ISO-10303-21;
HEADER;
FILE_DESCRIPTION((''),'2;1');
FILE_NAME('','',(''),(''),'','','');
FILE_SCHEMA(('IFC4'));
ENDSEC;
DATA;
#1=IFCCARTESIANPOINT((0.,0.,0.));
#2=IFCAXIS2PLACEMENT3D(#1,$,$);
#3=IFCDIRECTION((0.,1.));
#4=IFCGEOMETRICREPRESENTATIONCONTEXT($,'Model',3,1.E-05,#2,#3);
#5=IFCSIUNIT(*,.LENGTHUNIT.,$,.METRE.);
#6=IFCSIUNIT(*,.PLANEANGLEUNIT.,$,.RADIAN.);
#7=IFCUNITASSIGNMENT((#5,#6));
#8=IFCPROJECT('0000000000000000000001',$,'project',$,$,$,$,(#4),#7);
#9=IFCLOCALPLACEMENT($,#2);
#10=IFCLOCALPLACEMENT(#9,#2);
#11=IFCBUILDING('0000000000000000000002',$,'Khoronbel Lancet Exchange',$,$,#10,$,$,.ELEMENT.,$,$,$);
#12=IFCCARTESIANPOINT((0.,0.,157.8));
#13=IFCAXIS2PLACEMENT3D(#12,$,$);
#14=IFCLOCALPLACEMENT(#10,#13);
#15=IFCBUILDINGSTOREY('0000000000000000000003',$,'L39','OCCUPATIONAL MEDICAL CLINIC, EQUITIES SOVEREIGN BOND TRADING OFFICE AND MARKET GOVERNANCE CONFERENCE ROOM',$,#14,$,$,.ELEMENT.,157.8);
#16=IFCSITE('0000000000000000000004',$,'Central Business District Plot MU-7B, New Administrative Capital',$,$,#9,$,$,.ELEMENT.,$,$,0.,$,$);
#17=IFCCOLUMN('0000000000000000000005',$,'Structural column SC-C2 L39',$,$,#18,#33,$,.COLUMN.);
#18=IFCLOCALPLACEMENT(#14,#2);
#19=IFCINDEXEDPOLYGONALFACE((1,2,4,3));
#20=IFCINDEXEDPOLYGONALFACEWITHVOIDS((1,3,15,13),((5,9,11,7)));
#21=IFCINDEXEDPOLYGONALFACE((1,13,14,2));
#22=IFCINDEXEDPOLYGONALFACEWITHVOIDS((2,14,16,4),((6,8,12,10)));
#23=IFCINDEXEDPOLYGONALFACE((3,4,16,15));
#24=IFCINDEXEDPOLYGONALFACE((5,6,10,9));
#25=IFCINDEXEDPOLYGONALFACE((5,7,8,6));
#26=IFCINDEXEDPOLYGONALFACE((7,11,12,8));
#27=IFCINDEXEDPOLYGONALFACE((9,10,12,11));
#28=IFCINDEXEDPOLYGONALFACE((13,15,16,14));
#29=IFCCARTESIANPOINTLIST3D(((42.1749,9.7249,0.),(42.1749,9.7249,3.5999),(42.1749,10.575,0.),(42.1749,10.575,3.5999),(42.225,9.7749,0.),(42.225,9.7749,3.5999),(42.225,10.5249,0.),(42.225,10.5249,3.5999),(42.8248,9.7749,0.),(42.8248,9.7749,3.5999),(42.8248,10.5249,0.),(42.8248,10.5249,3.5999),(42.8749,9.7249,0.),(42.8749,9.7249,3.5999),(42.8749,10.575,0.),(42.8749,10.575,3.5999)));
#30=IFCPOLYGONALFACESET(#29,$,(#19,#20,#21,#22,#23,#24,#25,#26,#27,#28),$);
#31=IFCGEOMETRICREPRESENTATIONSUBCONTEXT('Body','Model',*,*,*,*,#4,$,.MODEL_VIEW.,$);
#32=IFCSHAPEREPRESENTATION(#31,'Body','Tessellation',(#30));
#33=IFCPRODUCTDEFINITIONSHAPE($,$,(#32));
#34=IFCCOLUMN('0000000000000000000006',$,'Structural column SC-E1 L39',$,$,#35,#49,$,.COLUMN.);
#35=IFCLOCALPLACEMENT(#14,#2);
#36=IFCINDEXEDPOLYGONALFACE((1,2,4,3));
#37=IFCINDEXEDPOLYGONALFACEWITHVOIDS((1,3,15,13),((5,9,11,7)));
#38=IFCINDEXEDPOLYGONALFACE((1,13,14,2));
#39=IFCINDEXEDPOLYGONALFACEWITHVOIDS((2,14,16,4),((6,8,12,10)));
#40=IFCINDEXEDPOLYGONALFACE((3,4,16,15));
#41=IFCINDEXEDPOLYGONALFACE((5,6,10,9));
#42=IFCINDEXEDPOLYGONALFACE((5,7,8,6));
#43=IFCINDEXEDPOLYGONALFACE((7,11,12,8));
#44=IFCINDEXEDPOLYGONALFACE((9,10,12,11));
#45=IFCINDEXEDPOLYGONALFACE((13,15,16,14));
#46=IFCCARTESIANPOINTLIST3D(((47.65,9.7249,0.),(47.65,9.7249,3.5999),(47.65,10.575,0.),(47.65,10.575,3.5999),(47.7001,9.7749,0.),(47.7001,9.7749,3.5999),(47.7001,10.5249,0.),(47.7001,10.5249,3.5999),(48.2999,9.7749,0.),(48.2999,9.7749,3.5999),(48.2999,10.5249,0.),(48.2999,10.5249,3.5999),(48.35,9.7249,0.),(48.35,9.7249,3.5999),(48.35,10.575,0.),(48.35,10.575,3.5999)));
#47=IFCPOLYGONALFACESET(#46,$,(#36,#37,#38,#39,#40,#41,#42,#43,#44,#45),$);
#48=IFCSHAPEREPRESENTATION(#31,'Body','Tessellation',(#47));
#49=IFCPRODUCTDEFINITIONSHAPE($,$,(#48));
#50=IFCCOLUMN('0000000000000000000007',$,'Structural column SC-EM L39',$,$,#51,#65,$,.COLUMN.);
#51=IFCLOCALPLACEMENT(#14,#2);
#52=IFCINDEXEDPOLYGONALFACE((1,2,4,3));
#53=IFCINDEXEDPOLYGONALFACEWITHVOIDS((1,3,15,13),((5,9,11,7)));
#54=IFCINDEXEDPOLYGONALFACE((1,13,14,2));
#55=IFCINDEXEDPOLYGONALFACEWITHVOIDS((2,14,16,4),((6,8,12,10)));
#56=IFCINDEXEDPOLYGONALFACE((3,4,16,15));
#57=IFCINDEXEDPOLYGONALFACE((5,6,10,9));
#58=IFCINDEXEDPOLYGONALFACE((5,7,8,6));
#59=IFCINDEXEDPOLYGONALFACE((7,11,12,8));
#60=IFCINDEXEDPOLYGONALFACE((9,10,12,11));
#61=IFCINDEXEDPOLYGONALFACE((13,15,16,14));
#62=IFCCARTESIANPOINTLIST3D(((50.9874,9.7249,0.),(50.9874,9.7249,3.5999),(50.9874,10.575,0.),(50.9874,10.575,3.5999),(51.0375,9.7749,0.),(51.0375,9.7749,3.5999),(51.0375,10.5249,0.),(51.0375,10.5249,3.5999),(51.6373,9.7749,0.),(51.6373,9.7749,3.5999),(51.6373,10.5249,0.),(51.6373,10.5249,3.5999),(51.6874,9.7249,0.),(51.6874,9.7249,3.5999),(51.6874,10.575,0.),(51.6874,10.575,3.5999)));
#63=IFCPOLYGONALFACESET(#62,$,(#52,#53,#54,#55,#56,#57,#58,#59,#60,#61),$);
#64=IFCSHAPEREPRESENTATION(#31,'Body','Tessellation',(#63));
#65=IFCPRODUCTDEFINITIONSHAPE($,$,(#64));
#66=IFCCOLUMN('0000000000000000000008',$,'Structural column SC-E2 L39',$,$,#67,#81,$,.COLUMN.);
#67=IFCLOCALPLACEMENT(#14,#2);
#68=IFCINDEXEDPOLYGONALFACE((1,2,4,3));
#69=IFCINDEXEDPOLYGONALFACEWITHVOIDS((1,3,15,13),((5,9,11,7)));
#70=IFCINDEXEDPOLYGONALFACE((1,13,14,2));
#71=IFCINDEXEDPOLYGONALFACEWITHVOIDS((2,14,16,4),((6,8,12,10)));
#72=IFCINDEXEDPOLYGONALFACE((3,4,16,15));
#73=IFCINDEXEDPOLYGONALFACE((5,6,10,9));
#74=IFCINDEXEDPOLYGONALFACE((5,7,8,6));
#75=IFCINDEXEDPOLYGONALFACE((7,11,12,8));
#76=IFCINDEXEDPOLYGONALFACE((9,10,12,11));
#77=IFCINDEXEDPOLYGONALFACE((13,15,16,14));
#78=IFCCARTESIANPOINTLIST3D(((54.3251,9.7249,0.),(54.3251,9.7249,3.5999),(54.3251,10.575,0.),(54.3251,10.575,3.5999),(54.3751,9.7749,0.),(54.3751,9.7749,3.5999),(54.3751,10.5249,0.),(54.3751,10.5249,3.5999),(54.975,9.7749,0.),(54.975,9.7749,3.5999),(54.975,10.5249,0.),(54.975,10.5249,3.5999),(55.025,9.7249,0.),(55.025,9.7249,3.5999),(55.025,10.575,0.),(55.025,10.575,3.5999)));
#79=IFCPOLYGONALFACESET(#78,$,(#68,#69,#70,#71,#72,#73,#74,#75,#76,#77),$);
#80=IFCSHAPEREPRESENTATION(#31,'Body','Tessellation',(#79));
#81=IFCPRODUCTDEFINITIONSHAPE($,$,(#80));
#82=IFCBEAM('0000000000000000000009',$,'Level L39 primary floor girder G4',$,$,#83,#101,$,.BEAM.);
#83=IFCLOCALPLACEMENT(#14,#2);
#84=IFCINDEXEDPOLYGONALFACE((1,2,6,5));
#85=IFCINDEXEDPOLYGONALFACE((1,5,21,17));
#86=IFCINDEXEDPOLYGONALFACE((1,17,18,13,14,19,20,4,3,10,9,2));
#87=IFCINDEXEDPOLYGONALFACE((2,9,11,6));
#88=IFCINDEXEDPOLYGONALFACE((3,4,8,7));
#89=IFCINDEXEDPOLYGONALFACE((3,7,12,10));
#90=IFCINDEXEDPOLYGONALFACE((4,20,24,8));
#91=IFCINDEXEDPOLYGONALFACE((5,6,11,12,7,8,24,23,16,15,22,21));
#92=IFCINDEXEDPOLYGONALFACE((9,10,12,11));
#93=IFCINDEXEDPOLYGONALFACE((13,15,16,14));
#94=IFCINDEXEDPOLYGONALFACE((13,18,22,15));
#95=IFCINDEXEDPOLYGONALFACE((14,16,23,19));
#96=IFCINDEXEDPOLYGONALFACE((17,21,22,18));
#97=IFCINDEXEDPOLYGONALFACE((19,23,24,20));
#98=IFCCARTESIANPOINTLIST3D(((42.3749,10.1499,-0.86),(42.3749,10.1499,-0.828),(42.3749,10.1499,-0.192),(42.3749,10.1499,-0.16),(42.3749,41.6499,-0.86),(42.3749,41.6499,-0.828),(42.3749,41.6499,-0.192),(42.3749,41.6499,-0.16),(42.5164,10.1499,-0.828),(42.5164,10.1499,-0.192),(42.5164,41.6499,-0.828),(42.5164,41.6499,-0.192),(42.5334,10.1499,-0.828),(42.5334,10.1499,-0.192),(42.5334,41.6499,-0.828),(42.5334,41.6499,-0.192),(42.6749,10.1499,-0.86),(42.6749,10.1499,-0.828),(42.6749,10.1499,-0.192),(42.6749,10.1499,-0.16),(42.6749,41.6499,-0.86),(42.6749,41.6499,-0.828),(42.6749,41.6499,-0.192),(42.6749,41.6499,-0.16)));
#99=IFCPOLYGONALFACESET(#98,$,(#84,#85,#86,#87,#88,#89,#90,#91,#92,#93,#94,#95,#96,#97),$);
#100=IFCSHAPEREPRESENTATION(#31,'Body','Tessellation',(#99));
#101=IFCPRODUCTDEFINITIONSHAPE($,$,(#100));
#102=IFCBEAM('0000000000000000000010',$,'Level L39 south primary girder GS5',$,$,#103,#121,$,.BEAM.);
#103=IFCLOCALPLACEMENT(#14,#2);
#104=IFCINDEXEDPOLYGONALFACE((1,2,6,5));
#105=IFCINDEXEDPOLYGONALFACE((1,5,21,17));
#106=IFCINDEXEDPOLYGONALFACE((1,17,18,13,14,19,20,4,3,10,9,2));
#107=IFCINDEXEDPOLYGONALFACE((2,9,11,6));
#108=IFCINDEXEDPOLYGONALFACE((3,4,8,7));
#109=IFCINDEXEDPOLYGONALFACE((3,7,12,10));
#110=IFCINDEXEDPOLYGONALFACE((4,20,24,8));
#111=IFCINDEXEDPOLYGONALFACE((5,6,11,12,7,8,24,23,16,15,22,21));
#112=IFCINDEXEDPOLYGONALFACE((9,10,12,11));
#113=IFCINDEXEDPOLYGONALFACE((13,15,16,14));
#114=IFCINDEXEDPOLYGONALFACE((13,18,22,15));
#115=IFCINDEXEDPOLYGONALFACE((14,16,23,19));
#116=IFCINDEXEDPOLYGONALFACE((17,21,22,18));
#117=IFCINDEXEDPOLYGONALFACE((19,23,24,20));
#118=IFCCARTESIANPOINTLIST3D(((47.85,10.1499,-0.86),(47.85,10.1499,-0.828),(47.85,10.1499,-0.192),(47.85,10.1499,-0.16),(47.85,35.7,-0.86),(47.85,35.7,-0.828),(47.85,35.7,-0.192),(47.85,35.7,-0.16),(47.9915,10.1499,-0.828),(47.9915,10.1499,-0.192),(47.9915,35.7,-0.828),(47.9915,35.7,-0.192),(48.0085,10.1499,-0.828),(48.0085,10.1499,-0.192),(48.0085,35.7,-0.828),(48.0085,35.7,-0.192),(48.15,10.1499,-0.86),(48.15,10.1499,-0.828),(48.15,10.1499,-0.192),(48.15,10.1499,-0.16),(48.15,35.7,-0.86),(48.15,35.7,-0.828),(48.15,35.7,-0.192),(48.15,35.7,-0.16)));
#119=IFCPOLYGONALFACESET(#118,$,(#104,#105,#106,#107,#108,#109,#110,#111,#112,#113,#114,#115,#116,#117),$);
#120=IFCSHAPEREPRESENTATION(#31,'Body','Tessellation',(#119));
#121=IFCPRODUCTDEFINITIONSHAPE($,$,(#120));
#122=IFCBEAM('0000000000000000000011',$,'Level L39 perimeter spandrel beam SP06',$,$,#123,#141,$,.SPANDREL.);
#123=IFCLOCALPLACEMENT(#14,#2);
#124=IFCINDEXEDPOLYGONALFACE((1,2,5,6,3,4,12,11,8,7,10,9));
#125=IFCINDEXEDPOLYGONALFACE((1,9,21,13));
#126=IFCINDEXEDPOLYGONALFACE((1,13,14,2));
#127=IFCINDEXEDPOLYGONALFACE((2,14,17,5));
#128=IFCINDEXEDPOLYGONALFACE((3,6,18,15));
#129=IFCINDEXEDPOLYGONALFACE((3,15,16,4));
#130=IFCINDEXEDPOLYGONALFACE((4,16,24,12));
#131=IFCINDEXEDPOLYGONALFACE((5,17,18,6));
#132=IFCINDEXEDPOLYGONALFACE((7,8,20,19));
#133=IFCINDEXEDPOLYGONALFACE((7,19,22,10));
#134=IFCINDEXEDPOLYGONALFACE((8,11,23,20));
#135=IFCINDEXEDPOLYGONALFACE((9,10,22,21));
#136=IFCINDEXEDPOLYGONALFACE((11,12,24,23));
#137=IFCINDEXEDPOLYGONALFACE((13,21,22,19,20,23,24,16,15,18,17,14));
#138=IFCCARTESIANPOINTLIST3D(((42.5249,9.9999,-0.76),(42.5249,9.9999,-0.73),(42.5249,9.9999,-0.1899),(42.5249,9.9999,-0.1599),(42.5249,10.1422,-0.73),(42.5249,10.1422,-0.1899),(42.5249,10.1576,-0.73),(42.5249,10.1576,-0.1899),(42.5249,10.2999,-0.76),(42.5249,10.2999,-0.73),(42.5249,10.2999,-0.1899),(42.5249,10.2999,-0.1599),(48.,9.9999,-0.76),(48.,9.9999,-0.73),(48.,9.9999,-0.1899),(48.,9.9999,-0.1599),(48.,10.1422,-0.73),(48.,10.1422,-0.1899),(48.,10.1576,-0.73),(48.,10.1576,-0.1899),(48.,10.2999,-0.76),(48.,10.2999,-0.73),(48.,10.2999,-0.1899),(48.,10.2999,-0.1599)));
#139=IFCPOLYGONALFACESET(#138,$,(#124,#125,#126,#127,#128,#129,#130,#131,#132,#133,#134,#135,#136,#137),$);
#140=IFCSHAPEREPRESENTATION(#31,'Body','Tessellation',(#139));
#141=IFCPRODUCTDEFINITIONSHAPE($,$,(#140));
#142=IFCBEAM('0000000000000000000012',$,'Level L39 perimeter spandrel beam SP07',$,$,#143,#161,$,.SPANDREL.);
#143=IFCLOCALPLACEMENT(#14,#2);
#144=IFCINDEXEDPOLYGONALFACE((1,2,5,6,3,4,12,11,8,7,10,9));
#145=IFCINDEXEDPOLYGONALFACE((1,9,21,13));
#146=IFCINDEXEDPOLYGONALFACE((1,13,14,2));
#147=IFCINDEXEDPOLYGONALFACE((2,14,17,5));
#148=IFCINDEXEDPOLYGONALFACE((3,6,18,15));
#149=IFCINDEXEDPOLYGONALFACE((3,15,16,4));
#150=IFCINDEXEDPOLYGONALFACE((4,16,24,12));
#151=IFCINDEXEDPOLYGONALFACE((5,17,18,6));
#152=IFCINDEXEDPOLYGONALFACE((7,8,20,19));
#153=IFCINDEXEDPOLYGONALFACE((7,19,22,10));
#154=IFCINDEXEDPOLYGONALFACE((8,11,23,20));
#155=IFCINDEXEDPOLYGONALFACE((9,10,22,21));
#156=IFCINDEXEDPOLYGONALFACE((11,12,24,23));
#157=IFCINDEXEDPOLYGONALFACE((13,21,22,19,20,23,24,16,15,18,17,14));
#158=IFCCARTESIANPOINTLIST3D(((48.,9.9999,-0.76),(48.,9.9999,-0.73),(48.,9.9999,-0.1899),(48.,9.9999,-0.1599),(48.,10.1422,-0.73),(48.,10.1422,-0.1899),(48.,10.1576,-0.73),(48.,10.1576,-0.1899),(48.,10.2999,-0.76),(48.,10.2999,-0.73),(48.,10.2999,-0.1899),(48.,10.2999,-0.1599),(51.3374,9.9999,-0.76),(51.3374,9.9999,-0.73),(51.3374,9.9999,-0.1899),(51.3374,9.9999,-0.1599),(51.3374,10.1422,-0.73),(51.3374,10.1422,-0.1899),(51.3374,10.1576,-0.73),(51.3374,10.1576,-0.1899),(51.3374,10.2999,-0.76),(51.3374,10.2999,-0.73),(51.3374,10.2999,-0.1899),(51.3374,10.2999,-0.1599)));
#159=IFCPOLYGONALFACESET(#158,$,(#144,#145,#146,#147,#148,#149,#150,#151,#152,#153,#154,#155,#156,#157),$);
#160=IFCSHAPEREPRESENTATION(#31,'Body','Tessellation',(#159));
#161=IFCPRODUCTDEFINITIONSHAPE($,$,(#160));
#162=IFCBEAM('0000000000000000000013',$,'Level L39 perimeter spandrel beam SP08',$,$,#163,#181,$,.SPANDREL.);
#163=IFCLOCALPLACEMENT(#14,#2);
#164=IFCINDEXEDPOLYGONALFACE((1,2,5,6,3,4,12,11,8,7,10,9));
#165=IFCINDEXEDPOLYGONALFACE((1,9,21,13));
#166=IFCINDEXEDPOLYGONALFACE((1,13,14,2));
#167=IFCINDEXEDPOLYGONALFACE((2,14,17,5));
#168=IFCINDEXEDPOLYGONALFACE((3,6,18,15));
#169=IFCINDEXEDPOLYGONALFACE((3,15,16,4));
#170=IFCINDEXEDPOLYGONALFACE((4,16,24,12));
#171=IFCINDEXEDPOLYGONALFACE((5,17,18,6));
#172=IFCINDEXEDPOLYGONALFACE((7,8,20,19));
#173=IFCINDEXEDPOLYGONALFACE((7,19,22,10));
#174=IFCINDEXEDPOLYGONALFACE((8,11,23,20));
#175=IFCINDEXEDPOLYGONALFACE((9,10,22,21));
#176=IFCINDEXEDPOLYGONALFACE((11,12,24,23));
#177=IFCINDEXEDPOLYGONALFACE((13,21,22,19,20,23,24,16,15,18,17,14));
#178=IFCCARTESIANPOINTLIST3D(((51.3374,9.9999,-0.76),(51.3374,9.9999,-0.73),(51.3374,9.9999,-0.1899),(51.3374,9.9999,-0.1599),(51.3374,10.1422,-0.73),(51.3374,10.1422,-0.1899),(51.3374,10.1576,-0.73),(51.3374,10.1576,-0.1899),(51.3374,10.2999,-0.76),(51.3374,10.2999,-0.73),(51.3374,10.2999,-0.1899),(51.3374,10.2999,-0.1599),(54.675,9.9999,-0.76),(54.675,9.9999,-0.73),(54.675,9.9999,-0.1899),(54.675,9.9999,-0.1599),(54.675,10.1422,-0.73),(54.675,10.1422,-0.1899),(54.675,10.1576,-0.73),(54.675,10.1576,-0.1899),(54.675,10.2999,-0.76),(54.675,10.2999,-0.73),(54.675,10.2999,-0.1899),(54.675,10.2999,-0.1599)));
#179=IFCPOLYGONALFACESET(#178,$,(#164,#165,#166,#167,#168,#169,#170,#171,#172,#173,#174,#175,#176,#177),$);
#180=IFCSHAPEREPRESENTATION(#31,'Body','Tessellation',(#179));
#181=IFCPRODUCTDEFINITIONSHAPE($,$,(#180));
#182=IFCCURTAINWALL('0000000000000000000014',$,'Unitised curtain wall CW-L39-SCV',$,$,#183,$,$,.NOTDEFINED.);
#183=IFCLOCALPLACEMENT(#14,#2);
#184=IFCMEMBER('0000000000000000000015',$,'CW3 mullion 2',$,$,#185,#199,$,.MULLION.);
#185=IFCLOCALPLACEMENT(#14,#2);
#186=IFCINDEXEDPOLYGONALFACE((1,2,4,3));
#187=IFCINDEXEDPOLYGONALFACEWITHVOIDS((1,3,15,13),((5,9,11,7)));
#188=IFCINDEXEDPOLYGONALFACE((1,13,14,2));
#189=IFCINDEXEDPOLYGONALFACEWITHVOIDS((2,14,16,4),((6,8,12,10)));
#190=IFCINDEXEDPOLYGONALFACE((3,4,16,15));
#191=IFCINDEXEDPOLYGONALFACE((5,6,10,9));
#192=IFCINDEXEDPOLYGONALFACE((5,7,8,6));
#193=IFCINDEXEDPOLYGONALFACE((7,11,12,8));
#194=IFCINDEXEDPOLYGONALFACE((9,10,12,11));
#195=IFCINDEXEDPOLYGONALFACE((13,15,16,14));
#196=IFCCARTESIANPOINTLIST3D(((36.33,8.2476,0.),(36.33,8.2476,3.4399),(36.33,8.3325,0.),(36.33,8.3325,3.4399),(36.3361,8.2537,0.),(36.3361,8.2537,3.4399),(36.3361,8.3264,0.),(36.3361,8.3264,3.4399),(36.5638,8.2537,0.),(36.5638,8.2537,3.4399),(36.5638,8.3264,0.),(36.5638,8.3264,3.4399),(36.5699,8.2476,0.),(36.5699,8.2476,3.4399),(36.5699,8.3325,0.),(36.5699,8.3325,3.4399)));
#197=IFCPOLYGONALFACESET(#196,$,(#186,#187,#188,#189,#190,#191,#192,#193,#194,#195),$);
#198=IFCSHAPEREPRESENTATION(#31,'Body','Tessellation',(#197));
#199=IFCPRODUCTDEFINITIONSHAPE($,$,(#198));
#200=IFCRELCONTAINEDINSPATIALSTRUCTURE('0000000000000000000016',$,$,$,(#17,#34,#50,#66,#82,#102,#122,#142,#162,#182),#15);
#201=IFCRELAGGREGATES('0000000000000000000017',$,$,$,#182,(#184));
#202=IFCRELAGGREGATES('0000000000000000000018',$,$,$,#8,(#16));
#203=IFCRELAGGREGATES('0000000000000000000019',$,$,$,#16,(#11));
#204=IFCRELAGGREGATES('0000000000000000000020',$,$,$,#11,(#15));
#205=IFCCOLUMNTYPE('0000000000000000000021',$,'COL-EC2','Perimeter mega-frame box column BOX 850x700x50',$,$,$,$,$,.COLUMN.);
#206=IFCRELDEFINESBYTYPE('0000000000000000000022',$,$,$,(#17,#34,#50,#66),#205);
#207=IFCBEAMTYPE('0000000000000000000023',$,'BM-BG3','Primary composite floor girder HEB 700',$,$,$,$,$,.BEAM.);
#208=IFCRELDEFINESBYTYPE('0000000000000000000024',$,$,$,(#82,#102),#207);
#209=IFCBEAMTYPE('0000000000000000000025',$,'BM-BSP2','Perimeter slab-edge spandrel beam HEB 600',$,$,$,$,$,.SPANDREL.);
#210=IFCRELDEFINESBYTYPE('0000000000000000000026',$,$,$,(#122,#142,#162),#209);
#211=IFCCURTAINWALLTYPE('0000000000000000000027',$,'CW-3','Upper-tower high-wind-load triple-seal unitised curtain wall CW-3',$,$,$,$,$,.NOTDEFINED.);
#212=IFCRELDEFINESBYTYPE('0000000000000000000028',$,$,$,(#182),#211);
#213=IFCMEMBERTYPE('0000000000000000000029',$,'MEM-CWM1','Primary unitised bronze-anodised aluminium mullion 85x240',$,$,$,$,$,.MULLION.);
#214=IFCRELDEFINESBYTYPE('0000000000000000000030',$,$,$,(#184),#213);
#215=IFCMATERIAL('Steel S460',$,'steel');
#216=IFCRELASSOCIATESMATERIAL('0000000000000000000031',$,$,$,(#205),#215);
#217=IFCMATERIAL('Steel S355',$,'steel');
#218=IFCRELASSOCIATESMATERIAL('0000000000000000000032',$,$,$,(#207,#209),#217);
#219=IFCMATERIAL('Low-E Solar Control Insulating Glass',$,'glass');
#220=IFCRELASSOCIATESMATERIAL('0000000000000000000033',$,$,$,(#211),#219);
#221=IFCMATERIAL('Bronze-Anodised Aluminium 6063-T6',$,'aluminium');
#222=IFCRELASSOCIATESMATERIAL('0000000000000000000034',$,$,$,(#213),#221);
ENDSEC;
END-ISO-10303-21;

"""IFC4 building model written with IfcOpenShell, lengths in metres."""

from ifc_helpers import new_model, si_unit, direction, frame, origin, origin_2d, place, context, subcontext, project, spatial, hollow_rectangle, i_section, extrude, material, material_profile, profile_set, type_object, element, aggregate, save


model = new_model("IFC4")

# Units and contexts
model_context = context("Model", 3, precision=1e-05, world=origin(), true_north=direction((0.0, 1.0)))
body_context = subcontext(model_context, "Body", "Model", "MODEL_VIEW")
ifc_project = project(units=[si_unit("LENGTHUNIT", "METRE"), si_unit("PLANEANGLEUNIT", "RADIAN")], contexts=[model_context])

# Site, building, storey
site_placement = place(None, origin())
site = spatial("IfcSite", under=ifc_project, at=site_placement, Name="Central Business District Plot MU-7B, New Administrative Capital", CompositionType="ELEMENT", RefElevation=0.0)
building_placement = place(site_placement, origin())
building = spatial("IfcBuilding", under=site, at=building_placement, Name="Khoronbel Lancet Exchange", CompositionType="ELEMENT")
storey_placement = place(building_placement, frame((0.0, 0.0, 157.8)))
storey = spatial("IfcBuildingStorey", under=building, at=storey_placement, Name="L39", Description="OCCUPATIONAL MEDICAL CLINIC, EQUITIES SOVEREIGN BOND TRADING OFFICE AND MARKET GOVERNANCE CONFERENCE ROOM", CompositionType="ELEMENT", Elevation=157.8)

# Columns
ifc_material_1 = material(Name="Steel S460", Category="steel")
ifc_material_profile_1 = material_profile(ifc_material_1, hollow_rectangle(XDim=0.7, YDim=0.8501, WallThickness=0.05, at=origin_2d()), Name="BOX 850x700x50")
ifc_profile_set_1 = profile_set([ifc_material_profile_1], Name="Steel S460")
column_type = type_object("IfcColumnType", Name="COL-EC2", Description="Perimeter mega-frame box column BOX 850x700x50", PredefinedType="COLUMN", material=ifc_profile_set_1)
for number, where, z_axis, x_axis, name in (
    (1, (42.5249, 10.1499, 0.0), (0.0, 0.0, 1.0), (1.0, 0.0, 0.0), "Structural column SC-C2 L39"),
    (2, (48.0, 10.1499, 0.0), (0.0, 0.0, 1.0), (1.0, 0.0, 0.0), "Structural column SC-E1 L39"),
    (3, (51.3374, 10.1499, 0.0), (0.0, 0.0, 1.0), (1.0, 0.0, 0.0), "Structural column SC-EM L39"),
    (4, (54.675, 10.1499, 0.0), (0.0, 0.0, 1.0), (1.0, 0.0, 0.0), "Structural column SC-E2 L39"),
):
    element("IfcColumn", number, at=place(storey_placement, frame(where, z_axis=z_axis, x_axis=x_axis)), inside=storey, type_object=column_type, Name=name, PredefinedType="COLUMN", context=body_context, shape_type="SweptSolid", body=[
        extrude(hollow_rectangle(XDim=0.7, YDim=0.8501, WallThickness=0.05, at=origin_2d()), origin(), (0.0, 0.0, 1.0), 3.5999),
    ])

# Beams
ifc_material_2 = material(Name="Steel S355", Category="steel")
ifc_material_profile_2 = material_profile(ifc_material_2, i_section(OverallWidth=0.3, OverallDepth=0.7, WebThickness=0.0171, FlangeThickness=0.032, at=origin_2d()), Name="HEB 700")
ifc_profile_set_2 = profile_set([ifc_material_profile_2], Name="Steel S355")
beam_type_1 = type_object("IfcBeamType", Name="BM-BG3", Description="Primary composite floor girder HEB 700", PredefinedType="BEAM", material=ifc_profile_set_2)
beam_1_placement = place(storey_placement, frame((42.5249, 10.1499, -0.51), z_axis=(0.0, 1.0, 0.0), x_axis=(-1.0, 0.0, 0.0)))
element("IfcBeam", 5, at=beam_1_placement, inside=storey, type_object=beam_type_1, Name="Level L39 primary floor girder G4", PredefinedType="BEAM", context=body_context, shape_type="SweptSolid", body=[
    extrude(i_section(OverallWidth=0.3, OverallDepth=0.7, WebThickness=0.0171, FlangeThickness=0.032, at=origin_2d()), origin(), (0.0, 0.0, 1.0), 31.5),
])
beam_2_placement = place(storey_placement, frame((48.0, 10.1499, -0.51), z_axis=(0.0, 1.0, 0.0), x_axis=(-1.0, 0.0, 0.0)))
element("IfcBeam", 6, at=beam_2_placement, inside=storey, type_object=beam_type_1, Name="Level L39 south primary girder GS5", PredefinedType="BEAM", context=body_context, shape_type="SweptSolid", body=[
    extrude(i_section(OverallWidth=0.3, OverallDepth=0.7, WebThickness=0.0171, FlangeThickness=0.032, at=origin_2d()), origin(), (0.0, 0.0, 1.0), 25.55),
])
ifc_material_profile_3 = material_profile(ifc_material_2, i_section(OverallWidth=0.3, OverallDepth=0.6001, WebThickness=0.0154, FlangeThickness=0.03, at=origin_2d()), Name="HEB 600")
ifc_profile_set_3 = profile_set([ifc_material_profile_3], Name="Steel S355")
beam_type_2 = type_object("IfcBeamType", Name="BM-BSP2", Description="Perimeter slab-edge spandrel beam HEB 600", PredefinedType="SPANDREL", material=ifc_profile_set_3)
beam_3_placement = place(storey_placement, frame((42.5249, 10.1499, -0.46), z_axis=(1.0, 0.0, 0.0), x_axis=(0.0, 1.0, 0.0)))
element("IfcBeam", 7, at=beam_3_placement, inside=storey, type_object=beam_type_2, Name="Level L39 perimeter spandrel beam SP06", PredefinedType="SPANDREL", context=body_context, shape_type="SweptSolid", body=[
    extrude(i_section(OverallWidth=0.3, OverallDepth=0.6001, WebThickness=0.0154, FlangeThickness=0.03, at=origin_2d()), origin(), (0.0, 0.0, 1.0), 5.4751),
])
beam_4_placement = place(storey_placement, frame((48.0, 10.1499, -0.46), z_axis=(1.0, 0.0, 0.0), x_axis=(0.0, 1.0, 0.0)))
element("IfcBeam", 8, at=beam_4_placement, inside=storey, type_object=beam_type_2, Name="Level L39 perimeter spandrel beam SP07", PredefinedType="SPANDREL", context=body_context, shape_type="SweptSolid", body=[
    extrude(i_section(OverallWidth=0.3, OverallDepth=0.6001, WebThickness=0.0154, FlangeThickness=0.03, at=origin_2d()), origin(), (0.0, 0.0, 1.0), 3.3374),
])
beam_5_placement = place(storey_placement, frame((51.3374, 10.1499, -0.46), z_axis=(1.0, 0.0, 0.0), x_axis=(0.0, 1.0, 0.0)))
element("IfcBeam", 9, at=beam_5_placement, inside=storey, type_object=beam_type_2, Name="Level L39 perimeter spandrel beam SP08", PredefinedType="SPANDREL", context=body_context, shape_type="SweptSolid", body=[
    extrude(i_section(OverallWidth=0.3, OverallDepth=0.6001, WebThickness=0.0154, FlangeThickness=0.03, at=origin_2d()), origin(), (0.0, 0.0, 1.0), 3.3376),
])

# Curtain wall, member
ifc_material_3 = material(Name="Low-E Solar Control Insulating Glass", Category="glass")
curtain_wall_type = type_object("IfcCurtainWallType", Name="CW-3", Description="Upper-tower high-wind-load triple-seal unitised curtain wall CW-3", PredefinedType="NOTDEFINED", material=ifc_material_3)
curtain_wall_1_placement = place(storey_placement, origin())
curtain_wall_1 = element("IfcCurtainWall", 10, at=curtain_wall_1_placement, inside=storey, type_object=curtain_wall_type, Name="Unitised curtain wall CW-L39-SCV", PredefinedType="NOTDEFINED")
ifc_material_4 = material(Name="Bronze-Anodised Aluminium 6063-T6", Category="aluminium")
ifc_material_profile_4 = material_profile(ifc_material_4, hollow_rectangle(XDim=0.085, YDim=0.24, WallThickness=0.0061, at=origin_2d()), Name="ALU MULLION 85x240")
ifc_profile_set_4 = profile_set([ifc_material_profile_4], Name="Bronze-Anodised Aluminium 6063-T6")
member_type_1 = type_object("IfcMemberType", Name="MEM-CWM1", Description="Primary unitised bronze-anodised aluminium mullion 85x240", PredefinedType="MULLION", material=ifc_profile_set_4)
member_1_placement = place(storey_placement, frame((36.45, 8.29, 0.0), z_axis=(0.0, 0.0, 1.0), x_axis=(0.0, 1.0, 0.0)))
member_1 = element("IfcMember", 11, at=member_1_placement, type_object=member_type_1, Name="CW3 mullion 2", PredefinedType="MULLION", context=body_context, shape_type="SweptSolid", body=[
    extrude(hollow_rectangle(XDim=0.085, YDim=0.24, WallThickness=0.0061, at=origin_2d()), origin(), (0.0, 0.0, 1.0), 3.4399),
])

aggregate(curtain_wall_1, [member_1])

save(model, "model.ifc")
